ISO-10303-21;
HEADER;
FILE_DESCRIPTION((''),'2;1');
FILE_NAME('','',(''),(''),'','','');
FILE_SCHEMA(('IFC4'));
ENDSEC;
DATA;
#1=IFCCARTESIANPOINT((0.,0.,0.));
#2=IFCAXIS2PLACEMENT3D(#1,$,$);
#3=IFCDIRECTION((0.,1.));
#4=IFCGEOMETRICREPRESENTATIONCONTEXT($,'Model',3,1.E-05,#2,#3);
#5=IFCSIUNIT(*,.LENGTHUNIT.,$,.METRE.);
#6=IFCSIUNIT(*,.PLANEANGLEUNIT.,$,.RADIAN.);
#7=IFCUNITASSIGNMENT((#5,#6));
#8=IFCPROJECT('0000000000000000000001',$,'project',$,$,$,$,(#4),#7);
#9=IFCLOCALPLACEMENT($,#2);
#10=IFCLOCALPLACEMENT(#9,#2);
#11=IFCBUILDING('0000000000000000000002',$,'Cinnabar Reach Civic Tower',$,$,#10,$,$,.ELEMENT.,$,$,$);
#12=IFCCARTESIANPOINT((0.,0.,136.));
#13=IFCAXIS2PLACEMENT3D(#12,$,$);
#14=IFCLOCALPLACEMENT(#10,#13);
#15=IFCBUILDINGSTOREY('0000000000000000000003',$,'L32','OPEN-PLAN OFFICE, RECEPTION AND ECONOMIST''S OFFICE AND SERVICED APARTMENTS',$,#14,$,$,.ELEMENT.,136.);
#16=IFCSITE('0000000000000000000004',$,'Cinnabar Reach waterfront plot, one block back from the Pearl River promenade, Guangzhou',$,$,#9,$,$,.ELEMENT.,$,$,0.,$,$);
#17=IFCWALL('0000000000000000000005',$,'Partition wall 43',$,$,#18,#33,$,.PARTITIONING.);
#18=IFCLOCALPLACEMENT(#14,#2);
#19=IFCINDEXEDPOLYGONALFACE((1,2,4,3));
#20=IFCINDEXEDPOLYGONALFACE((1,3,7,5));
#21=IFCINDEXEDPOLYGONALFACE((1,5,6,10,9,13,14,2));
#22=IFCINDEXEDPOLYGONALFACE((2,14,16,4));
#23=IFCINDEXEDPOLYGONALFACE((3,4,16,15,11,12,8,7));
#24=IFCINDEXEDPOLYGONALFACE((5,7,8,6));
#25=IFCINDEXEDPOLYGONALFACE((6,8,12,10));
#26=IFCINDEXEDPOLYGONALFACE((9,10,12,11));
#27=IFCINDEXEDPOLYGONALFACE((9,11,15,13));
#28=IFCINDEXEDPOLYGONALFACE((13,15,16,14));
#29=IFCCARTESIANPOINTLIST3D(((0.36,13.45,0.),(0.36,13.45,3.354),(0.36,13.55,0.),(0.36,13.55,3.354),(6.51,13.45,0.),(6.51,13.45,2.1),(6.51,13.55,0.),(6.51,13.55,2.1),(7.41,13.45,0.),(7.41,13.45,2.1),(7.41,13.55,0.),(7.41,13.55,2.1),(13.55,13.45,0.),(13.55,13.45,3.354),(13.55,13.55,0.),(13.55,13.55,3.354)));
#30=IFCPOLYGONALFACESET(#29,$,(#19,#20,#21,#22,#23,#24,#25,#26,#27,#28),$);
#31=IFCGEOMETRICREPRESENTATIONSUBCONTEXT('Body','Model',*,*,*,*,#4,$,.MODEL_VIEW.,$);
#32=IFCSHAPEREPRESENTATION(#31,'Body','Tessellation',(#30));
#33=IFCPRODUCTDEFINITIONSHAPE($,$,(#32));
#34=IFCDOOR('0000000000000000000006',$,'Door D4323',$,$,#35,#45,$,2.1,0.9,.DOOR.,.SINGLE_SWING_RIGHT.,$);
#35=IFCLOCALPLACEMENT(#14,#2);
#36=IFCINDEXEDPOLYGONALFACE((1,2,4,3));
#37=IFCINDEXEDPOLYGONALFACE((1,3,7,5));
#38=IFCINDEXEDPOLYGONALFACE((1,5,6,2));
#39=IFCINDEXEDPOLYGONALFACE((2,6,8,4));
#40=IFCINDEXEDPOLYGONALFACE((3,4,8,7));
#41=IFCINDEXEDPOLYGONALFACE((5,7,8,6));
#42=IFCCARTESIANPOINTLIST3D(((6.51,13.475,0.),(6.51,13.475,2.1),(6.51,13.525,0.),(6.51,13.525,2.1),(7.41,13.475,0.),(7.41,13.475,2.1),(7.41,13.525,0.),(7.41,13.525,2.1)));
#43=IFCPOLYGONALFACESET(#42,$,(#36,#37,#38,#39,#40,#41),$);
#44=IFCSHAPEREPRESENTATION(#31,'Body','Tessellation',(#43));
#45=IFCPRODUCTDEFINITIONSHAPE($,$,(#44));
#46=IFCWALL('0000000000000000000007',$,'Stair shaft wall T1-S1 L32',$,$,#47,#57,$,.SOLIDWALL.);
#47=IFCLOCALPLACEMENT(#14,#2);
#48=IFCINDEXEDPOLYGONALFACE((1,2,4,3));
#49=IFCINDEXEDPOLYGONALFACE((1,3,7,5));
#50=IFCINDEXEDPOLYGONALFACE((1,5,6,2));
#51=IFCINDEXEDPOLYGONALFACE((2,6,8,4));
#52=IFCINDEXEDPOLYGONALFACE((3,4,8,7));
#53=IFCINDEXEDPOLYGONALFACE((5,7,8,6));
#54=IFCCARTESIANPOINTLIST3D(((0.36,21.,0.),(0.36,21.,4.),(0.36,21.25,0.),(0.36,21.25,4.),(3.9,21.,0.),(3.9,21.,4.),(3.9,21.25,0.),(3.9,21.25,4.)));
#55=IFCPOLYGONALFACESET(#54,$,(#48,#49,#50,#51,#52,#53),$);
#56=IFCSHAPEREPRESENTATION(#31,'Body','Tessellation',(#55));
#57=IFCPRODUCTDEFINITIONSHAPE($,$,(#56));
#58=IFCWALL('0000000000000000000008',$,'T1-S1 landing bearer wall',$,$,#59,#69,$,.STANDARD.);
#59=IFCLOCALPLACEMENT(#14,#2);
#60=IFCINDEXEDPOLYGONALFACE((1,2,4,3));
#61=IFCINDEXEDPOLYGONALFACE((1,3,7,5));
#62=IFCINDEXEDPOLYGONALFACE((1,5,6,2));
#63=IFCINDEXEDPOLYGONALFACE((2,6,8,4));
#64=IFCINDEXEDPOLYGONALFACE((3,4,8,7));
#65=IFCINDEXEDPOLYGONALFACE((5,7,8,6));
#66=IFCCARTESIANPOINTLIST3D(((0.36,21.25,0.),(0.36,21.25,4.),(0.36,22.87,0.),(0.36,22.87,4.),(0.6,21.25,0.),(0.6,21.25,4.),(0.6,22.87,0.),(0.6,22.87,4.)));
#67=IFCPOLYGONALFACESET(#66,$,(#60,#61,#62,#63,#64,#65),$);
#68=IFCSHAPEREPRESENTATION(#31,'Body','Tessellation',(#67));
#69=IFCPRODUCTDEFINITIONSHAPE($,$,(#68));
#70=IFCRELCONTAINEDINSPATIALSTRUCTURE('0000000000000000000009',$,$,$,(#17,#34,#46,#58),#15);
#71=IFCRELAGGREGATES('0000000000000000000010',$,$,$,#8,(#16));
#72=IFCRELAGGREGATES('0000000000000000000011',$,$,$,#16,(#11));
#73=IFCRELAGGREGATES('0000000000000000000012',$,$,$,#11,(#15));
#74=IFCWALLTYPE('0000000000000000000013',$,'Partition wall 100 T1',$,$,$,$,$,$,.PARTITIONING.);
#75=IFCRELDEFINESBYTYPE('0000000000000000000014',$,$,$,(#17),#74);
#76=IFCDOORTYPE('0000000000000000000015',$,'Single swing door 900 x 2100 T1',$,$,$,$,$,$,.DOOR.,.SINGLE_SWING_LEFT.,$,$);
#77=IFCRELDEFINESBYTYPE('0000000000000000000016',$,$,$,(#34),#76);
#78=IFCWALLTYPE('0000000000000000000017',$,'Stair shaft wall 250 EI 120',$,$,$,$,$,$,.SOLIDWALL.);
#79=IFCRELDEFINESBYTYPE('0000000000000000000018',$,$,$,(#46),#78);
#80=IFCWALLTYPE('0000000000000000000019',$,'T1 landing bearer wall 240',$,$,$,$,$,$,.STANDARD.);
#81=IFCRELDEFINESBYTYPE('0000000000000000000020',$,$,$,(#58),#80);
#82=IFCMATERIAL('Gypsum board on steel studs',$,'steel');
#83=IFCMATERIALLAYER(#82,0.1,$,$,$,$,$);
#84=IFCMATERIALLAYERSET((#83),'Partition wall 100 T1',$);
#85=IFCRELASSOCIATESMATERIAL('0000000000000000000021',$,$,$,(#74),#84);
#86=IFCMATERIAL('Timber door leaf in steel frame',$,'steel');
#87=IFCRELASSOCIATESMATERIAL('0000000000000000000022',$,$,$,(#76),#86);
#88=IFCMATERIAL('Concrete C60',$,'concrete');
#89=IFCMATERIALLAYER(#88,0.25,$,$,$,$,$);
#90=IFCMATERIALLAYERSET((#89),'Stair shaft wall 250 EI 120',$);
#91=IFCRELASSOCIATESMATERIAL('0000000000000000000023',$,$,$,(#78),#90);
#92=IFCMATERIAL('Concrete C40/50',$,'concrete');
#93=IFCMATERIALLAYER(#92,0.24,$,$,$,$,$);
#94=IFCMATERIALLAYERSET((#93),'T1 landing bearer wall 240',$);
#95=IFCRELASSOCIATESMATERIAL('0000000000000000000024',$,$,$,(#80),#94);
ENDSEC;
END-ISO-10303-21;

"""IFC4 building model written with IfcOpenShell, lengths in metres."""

from ifc_helpers import new_model, si_unit, direction, frame, frame_2d, origin, place, context, subcontext, project, spatial, rectangle, extrude, material, layer, layer_set, type_object, element, fill, save


model = new_model("IFC4")

# Units and contexts
model_context = context("Model", 3, precision=1e-05, world=origin(), true_north=direction((0.0, 1.0)))
body_context = subcontext(model_context, "Body", "Model", "MODEL_VIEW")
ifc_project = project(units=[si_unit("LENGTHUNIT", "METRE"), si_unit("PLANEANGLEUNIT", "RADIAN")], contexts=[model_context])

# Site, building, storey
site_placement = place(None, origin())
site = spatial("IfcSite", under=ifc_project, at=site_placement, Name="Cinnabar Reach waterfront plot, one block back from the Pearl River promenade, Guangzhou", CompositionType="ELEMENT", RefElevation=0.0)
building_placement = place(site_placement, origin())
building = spatial("IfcBuilding", under=site, at=building_placement, Name="Cinnabar Reach Civic Tower", CompositionType="ELEMENT")
storey_placement = place(building_placement, frame((0.0, 0.0, 136.0)))
storey = spatial("IfcBuildingStorey", under=building, at=storey_placement, Name="L32", Description="OPEN-PLAN OFFICE, RECEPTION AND ECONOMIST'S OFFICE AND SERVICED APARTMENTS", CompositionType="ELEMENT", Elevation=136.0)

# Shared definitions
ifc_material_1 = material(Name="Concrete C40/50", Category="concrete")

# Wall, opening, door
ifc_material_2 = material(Name="Gypsum board on steel studs", Category="steel")
ifc_layer_1 = layer(ifc_material_2, 0.1)
ifc_layer_set_1 = layer_set([ifc_layer_1], Name="Partition wall 100 T1")
wall_type_1 = type_object("IfcWallType", Name="Partition wall 100 T1", PredefinedType="PARTITIONING", material=ifc_layer_set_1)
wall_1_placement = place(storey_placement, frame((0.36, 13.5, 0.0), z_axis=(0.0, 0.0, 1.0), x_axis=(1.0, 0.0, 0.0)))
wall_1 = element("IfcWall", 1, at=wall_1_placement, inside=storey, type_object=wall_type_1, Name="Partition wall 43", PredefinedType="PARTITIONING", context=body_context, shape_type="SweptSolid", body=[
    extrude(rectangle(XDim=13.19, YDim=0.1, at=frame_2d((6.595, 0.0))), origin(), (0.0, 0.0, 1.0), 3.354),
])
opening_1_placement = place(wall_1_placement, frame((6.15, 0.0, 0.0)))
opening_1 = element("IfcOpeningElement", 2, at=opening_1_placement, cuts=wall_1, PredefinedType="OPENING", context=body_context, shape_type="SweptSolid", body=[
    extrude(rectangle(XDim=0.9, YDim=2.1, at=frame_2d((0.45, 1.05))), frame((0.0, 0.06, 0.0), z_axis=(0.0, -1.0, 0.0), x_axis=(1.0, 0.0, 0.0)), (0.0, 0.0, 1.0), 0.12),
])
ifc_material_3 = material(Name="Timber door leaf in steel frame", Category="steel")
door_type = type_object("IfcDoorType", Name="Single swing door 900 x 2100 T1", OperationType="SINGLE_SWING_LEFT", PredefinedType="DOOR", material=ifc_material_3)
door_placement = place(opening_1_placement, origin())
door = element("IfcDoor", 3, at=door_placement, inside=storey, type_object=door_type, Name="Door D4323", OperationType="SINGLE_SWING_RIGHT", OverallHeight=2.1, OverallWidth=0.9, PredefinedType="DOOR", context=body_context, shape_type="SweptSolid", body=[
    extrude(rectangle(XDim=0.9, YDim=2.1, at=frame_2d((0.45, 1.05))), frame((0.0, 0.025, 0.0), z_axis=(0.0, -1.0, 0.0), x_axis=(1.0, 0.0, 0.0)), (0.0, 0.0, 1.0), 0.05),
])
fill(opening_1, door)

# Walls
ifc_material_4 = material(Name="Concrete C60", Category="concrete")
ifc_layer_2 = layer(ifc_material_4, 0.25)
ifc_layer_set_2 = layer_set([ifc_layer_2], Name="Stair shaft wall 250 EI 120")
wall_type_2 = type_object("IfcWallType", Name="Stair shaft wall 250 EI 120", PredefinedType="SOLIDWALL", material=ifc_layer_set_2)
wall_2_placement = place(storey_placement, frame((0.36, 21.125, 0.0), z_axis=(0.0, 0.0, 1.0), x_axis=(1.0, 0.0, 0.0)))
element("IfcWall", 4, at=wall_2_placement, inside=storey, type_object=wall_type_2, Name="Stair shaft wall T1-S1 L32", PredefinedType="SOLIDWALL", context=body_context, shape_type="SweptSolid", body=[
    extrude(rectangle(XDim=3.54, YDim=0.25, at=frame_2d((1.77, 0.0))), origin(), (0.0, 0.0, 1.0), 4.0),
])
ifc_layer_3 = layer(ifc_material_1, 0.24)
ifc_layer_set_3 = layer_set([ifc_layer_3], Name="T1 landing bearer wall 240")
wall_type_3 = type_object("IfcWallType", Name="T1 landing bearer wall 240", PredefinedType="STANDARD", material=ifc_layer_set_3)
wall_3_placement = place(storey_placement, frame((0.48, 21.25, 0.0), z_axis=(0.0, 0.0, 1.0), x_axis=(0.0, 1.0, 0.0)))
element("IfcWall", 5, at=wall_3_placement, inside=storey, type_object=wall_type_3, Name="T1-S1 landing bearer wall", PredefinedType="STANDARD", context=body_context, shape_type="SweptSolid", body=[
    extrude(rectangle(XDim=1.62, YDim=0.24, at=frame_2d((0.81, 0.0))), origin(), (0.0, 0.0, 1.0), 4.0),
])

save(model, "model.ifc")
